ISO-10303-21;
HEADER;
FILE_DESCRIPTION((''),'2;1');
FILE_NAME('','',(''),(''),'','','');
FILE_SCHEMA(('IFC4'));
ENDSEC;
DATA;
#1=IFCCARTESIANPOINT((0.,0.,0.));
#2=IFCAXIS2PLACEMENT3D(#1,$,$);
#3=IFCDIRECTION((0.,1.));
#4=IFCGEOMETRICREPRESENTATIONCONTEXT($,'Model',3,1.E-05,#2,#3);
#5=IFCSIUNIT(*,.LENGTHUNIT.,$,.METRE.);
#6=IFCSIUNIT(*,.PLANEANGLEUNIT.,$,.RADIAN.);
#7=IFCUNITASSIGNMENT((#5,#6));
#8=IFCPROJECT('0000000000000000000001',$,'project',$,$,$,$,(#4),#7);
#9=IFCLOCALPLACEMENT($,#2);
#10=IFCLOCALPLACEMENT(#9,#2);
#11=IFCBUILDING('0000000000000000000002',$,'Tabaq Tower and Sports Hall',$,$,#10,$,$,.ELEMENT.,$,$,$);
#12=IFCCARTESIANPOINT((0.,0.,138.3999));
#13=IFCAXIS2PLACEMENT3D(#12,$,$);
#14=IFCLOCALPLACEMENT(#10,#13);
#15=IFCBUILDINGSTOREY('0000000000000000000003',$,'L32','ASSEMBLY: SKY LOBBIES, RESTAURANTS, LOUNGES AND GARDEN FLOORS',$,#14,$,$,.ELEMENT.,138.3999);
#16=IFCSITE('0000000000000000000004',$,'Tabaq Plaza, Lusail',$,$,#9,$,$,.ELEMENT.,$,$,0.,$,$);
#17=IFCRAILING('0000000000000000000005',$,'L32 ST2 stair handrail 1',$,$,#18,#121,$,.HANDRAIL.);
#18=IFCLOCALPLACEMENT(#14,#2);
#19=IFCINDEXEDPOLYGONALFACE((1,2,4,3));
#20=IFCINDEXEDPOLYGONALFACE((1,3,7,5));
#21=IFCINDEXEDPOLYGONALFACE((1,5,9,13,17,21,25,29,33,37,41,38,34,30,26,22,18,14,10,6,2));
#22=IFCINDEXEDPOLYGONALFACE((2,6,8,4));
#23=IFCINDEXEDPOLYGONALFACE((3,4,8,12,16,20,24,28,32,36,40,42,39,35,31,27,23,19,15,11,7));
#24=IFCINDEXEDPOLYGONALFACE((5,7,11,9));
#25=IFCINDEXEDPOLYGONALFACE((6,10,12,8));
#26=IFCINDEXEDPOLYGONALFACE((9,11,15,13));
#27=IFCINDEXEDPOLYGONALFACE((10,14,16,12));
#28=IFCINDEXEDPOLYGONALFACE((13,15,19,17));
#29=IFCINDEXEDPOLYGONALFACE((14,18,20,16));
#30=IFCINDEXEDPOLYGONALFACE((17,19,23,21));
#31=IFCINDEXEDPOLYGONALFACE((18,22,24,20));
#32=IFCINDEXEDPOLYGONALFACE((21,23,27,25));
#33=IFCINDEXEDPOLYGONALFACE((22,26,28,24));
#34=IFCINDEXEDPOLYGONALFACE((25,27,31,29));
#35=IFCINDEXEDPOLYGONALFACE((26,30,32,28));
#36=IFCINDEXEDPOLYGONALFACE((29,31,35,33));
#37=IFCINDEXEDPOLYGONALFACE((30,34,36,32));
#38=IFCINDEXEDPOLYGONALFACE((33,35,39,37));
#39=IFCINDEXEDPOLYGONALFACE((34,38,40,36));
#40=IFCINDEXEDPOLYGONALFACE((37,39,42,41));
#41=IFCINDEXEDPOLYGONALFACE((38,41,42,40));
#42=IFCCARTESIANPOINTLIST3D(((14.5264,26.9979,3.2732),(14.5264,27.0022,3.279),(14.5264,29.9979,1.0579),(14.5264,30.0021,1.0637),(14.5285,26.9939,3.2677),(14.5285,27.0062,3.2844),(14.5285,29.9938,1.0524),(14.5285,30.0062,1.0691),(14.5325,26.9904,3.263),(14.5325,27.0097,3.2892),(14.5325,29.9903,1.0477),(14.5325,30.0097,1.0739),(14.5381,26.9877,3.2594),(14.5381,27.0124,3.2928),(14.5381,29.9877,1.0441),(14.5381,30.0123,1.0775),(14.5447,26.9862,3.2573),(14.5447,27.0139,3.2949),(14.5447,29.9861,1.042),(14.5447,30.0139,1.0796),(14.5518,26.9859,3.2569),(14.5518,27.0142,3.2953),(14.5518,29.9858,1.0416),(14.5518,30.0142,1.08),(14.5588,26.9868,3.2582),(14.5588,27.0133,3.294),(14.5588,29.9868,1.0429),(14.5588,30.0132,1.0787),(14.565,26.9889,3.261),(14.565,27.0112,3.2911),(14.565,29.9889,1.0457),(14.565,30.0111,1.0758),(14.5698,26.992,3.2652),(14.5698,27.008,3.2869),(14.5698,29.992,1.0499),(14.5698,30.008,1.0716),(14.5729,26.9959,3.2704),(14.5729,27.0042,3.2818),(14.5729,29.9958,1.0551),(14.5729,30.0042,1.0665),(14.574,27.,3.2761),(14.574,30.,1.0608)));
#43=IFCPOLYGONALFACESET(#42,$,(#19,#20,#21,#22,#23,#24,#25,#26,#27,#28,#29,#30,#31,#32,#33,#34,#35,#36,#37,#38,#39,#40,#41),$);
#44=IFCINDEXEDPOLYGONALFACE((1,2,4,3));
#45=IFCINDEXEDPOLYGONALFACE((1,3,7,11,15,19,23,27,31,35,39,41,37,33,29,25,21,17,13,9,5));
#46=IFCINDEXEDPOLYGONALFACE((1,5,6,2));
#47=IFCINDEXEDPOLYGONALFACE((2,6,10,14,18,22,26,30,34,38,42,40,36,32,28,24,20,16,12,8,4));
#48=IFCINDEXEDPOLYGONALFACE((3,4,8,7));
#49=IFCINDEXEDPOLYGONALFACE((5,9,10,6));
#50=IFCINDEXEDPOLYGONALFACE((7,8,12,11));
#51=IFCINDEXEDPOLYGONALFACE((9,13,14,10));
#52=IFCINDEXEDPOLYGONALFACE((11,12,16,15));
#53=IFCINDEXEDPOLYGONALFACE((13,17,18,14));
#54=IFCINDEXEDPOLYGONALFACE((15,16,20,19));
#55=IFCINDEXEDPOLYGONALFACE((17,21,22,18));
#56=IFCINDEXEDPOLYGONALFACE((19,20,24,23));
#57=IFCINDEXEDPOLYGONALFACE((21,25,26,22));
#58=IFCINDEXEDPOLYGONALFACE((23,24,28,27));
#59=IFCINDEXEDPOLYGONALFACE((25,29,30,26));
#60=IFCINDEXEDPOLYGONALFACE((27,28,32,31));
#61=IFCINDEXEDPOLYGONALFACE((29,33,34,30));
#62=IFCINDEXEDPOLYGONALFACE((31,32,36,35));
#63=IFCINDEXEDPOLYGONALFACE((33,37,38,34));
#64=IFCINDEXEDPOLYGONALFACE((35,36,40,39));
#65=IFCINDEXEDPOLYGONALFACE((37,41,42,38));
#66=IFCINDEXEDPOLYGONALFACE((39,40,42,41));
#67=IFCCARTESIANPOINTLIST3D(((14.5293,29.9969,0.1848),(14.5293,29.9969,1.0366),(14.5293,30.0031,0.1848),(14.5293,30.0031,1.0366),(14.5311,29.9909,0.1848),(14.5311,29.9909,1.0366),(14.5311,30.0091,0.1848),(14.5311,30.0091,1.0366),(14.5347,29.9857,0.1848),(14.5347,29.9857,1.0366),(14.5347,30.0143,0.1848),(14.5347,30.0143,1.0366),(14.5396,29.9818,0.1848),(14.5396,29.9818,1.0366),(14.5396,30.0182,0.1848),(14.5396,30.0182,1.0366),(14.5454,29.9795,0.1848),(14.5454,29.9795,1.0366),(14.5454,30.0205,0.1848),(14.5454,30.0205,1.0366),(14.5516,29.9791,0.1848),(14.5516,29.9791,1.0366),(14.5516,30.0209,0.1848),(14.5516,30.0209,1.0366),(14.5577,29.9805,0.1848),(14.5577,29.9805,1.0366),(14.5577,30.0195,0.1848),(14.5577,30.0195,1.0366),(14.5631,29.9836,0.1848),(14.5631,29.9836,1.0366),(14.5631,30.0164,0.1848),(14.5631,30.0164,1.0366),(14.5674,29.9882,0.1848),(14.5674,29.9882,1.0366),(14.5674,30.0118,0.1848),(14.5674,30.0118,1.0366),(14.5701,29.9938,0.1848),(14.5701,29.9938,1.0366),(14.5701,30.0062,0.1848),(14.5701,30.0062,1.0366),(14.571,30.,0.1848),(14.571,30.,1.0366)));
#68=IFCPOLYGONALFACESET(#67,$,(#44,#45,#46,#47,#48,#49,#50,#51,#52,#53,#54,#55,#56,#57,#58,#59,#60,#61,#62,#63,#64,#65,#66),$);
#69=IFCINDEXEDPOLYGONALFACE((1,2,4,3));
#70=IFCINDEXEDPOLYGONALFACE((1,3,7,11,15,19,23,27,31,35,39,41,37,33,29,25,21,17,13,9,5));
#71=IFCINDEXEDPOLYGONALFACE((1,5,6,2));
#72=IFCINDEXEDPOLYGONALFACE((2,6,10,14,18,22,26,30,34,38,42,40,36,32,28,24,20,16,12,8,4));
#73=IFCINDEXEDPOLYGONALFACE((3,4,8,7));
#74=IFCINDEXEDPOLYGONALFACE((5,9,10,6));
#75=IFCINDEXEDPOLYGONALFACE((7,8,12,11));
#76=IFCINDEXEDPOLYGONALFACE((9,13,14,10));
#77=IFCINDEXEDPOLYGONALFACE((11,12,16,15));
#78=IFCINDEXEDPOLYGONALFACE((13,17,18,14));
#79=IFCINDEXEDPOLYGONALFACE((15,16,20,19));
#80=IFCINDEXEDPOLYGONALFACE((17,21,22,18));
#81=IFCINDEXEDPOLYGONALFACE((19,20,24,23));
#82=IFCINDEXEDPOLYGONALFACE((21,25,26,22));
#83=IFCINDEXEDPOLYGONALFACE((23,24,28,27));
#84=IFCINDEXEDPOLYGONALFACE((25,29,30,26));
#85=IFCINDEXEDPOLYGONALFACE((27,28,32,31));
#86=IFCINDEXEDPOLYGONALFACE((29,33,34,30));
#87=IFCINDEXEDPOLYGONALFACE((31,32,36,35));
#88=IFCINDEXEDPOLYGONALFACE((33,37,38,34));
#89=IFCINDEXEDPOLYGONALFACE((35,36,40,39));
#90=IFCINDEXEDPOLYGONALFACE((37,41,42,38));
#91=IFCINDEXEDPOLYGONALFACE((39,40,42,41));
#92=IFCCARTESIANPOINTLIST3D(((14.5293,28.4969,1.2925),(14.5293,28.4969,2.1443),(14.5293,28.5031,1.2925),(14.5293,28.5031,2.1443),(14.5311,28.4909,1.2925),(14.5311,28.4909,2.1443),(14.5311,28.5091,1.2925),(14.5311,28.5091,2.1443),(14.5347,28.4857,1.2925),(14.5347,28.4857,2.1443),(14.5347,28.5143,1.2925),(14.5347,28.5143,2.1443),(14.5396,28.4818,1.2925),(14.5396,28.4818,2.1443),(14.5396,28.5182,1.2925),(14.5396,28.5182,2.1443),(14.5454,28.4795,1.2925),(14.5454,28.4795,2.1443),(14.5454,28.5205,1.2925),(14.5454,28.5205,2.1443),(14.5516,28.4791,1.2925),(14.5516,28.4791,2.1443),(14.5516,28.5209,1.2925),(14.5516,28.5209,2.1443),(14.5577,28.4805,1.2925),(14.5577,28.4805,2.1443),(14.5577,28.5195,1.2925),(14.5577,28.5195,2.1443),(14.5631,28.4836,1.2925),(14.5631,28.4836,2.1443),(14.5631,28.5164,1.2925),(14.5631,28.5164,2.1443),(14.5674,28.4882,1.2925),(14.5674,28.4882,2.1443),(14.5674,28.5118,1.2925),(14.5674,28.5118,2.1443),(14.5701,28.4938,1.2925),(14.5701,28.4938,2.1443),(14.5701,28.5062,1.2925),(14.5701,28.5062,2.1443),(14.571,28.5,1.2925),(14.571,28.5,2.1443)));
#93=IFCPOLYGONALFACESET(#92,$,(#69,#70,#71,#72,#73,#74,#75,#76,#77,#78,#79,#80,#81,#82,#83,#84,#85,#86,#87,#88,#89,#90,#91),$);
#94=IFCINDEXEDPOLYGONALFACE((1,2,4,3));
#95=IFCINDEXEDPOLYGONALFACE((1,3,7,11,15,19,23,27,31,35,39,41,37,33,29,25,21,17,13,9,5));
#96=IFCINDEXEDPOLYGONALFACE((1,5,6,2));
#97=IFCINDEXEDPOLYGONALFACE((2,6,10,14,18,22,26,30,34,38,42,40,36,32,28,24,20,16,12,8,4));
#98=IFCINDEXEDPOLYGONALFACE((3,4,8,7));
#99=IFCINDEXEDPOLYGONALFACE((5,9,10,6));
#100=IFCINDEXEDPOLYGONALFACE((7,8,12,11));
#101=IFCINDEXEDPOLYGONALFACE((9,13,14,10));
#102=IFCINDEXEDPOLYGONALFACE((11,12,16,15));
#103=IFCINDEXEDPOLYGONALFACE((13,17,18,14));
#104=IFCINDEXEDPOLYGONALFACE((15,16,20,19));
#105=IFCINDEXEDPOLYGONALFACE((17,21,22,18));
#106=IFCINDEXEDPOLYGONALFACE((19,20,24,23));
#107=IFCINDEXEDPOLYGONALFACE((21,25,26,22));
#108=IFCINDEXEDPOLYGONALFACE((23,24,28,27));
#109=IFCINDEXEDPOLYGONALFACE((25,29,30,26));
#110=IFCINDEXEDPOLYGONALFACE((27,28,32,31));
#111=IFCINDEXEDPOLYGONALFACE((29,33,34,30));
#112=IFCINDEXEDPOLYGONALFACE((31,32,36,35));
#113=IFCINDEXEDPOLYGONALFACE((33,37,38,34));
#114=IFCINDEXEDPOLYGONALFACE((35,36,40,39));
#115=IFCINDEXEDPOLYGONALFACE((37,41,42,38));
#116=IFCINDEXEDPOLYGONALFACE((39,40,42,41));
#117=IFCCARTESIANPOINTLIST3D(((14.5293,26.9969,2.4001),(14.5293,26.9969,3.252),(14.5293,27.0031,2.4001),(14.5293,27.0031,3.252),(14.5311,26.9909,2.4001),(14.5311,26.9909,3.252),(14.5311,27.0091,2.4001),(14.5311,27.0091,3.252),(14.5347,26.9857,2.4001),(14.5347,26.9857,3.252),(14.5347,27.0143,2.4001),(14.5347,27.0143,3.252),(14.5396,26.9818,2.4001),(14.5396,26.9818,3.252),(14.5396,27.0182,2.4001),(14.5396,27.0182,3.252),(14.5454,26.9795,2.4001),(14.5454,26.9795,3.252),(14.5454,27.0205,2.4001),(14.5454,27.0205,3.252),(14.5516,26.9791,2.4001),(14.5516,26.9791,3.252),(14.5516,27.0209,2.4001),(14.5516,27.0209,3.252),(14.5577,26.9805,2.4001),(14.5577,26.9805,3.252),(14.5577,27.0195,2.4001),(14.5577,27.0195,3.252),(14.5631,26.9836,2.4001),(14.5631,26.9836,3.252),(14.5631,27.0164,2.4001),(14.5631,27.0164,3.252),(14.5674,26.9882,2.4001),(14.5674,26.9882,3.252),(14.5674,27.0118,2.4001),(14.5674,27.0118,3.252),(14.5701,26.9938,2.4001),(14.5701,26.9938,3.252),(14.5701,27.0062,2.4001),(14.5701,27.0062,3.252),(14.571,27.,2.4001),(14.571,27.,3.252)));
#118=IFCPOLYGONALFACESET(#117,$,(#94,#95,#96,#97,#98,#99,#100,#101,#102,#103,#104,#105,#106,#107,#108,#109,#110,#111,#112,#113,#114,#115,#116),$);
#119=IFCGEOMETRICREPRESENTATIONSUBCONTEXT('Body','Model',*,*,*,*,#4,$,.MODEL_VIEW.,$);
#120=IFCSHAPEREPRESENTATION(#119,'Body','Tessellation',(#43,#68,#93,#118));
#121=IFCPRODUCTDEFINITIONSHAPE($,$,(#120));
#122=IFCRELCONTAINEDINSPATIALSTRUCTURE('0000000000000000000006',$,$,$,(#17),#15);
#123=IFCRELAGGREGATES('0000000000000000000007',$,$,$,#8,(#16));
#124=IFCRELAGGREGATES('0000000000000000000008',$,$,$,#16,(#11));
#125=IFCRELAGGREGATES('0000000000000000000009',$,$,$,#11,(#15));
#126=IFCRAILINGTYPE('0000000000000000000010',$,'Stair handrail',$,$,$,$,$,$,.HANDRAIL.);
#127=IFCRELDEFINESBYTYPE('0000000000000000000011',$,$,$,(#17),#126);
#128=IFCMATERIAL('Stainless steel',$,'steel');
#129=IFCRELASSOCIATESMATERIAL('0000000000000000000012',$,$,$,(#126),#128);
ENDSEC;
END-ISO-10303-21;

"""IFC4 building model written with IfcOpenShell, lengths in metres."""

from ifc_helpers import new_model, si_unit, direction, frame, origin, origin_2d, place, context, subcontext, project, spatial, circle, extrude, material, type_object, element, save


model = new_model("IFC4")

# Units and contexts
model_context = context("Model", 3, precision=1e-05, world=origin(), true_north=direction((0.0, 1.0)))
body_context = subcontext(model_context, "Body", "Model", "MODEL_VIEW")
ifc_project = project(units=[si_unit("LENGTHUNIT", "METRE"), si_unit("PLANEANGLEUNIT", "RADIAN")], contexts=[model_context])

# Site, building, storey
site_placement = place(None, origin())
site = spatial("IfcSite", under=ifc_project, at=site_placement, Name="Tabaq Plaza, Lusail", CompositionType="ELEMENT", RefElevation=0.0)
building_placement = place(site_placement, origin())
building = spatial("IfcBuilding", under=site, at=building_placement, Name="Tabaq Tower and Sports Hall", CompositionType="ELEMENT")
storey_placement = place(building_placement, frame((0.0, 0.0, 138.3999)))
storey = spatial("IfcBuildingStorey", under=building, at=storey_placement, Name="L32", Description="ASSEMBLY: SKY LOBBIES, RESTAURANTS, LOUNGES AND GARDEN FLOORS", CompositionType="ELEMENT", Elevation=138.3999)

# Railing
ifc_material_1 = material(Name="Stainless steel", Category="steel")
railing_type_1 = type_object("IfcRailingType", Name="Stair handrail", PredefinedType="HANDRAIL", material=ifc_material_1)
for number, where, name in (
    (1, (14.55, 30.0, 0.1848), "L32 ST2 stair handrail 1"),
):
    element("IfcRailing", number, at=place(storey_placement, frame(where)), inside=storey, type_object=railing_type_1, Name=name, PredefinedType="HANDRAIL", context=body_context, shape_type="SweptSolid", body=[
        extrude(circle(Radius=0.0239, at=origin_2d()), frame((0.0, 0.0, 0.876), z_axis=(0.0, -0.80444, 0.594034), x_axis=(1.0, 0.0, 0.0)), (0.0, 0.0, 1.0), 3.7292),
        extrude(circle(Radius=0.021, at=origin_2d()), origin(), (0.0, 0.0, 1.0), 0.8518),
        extrude(circle(Radius=0.021, at=origin_2d()), frame((0.0, -1.5, 1.1077)), (0.0, 0.0, 1.0), 0.8518),
        extrude(circle(Radius=0.021, at=origin_2d()), frame((0.0, -3.0, 2.2153)), (0.0, 0.0, 1.0), 0.8518),
    ])

save(model, "model.ifc")
